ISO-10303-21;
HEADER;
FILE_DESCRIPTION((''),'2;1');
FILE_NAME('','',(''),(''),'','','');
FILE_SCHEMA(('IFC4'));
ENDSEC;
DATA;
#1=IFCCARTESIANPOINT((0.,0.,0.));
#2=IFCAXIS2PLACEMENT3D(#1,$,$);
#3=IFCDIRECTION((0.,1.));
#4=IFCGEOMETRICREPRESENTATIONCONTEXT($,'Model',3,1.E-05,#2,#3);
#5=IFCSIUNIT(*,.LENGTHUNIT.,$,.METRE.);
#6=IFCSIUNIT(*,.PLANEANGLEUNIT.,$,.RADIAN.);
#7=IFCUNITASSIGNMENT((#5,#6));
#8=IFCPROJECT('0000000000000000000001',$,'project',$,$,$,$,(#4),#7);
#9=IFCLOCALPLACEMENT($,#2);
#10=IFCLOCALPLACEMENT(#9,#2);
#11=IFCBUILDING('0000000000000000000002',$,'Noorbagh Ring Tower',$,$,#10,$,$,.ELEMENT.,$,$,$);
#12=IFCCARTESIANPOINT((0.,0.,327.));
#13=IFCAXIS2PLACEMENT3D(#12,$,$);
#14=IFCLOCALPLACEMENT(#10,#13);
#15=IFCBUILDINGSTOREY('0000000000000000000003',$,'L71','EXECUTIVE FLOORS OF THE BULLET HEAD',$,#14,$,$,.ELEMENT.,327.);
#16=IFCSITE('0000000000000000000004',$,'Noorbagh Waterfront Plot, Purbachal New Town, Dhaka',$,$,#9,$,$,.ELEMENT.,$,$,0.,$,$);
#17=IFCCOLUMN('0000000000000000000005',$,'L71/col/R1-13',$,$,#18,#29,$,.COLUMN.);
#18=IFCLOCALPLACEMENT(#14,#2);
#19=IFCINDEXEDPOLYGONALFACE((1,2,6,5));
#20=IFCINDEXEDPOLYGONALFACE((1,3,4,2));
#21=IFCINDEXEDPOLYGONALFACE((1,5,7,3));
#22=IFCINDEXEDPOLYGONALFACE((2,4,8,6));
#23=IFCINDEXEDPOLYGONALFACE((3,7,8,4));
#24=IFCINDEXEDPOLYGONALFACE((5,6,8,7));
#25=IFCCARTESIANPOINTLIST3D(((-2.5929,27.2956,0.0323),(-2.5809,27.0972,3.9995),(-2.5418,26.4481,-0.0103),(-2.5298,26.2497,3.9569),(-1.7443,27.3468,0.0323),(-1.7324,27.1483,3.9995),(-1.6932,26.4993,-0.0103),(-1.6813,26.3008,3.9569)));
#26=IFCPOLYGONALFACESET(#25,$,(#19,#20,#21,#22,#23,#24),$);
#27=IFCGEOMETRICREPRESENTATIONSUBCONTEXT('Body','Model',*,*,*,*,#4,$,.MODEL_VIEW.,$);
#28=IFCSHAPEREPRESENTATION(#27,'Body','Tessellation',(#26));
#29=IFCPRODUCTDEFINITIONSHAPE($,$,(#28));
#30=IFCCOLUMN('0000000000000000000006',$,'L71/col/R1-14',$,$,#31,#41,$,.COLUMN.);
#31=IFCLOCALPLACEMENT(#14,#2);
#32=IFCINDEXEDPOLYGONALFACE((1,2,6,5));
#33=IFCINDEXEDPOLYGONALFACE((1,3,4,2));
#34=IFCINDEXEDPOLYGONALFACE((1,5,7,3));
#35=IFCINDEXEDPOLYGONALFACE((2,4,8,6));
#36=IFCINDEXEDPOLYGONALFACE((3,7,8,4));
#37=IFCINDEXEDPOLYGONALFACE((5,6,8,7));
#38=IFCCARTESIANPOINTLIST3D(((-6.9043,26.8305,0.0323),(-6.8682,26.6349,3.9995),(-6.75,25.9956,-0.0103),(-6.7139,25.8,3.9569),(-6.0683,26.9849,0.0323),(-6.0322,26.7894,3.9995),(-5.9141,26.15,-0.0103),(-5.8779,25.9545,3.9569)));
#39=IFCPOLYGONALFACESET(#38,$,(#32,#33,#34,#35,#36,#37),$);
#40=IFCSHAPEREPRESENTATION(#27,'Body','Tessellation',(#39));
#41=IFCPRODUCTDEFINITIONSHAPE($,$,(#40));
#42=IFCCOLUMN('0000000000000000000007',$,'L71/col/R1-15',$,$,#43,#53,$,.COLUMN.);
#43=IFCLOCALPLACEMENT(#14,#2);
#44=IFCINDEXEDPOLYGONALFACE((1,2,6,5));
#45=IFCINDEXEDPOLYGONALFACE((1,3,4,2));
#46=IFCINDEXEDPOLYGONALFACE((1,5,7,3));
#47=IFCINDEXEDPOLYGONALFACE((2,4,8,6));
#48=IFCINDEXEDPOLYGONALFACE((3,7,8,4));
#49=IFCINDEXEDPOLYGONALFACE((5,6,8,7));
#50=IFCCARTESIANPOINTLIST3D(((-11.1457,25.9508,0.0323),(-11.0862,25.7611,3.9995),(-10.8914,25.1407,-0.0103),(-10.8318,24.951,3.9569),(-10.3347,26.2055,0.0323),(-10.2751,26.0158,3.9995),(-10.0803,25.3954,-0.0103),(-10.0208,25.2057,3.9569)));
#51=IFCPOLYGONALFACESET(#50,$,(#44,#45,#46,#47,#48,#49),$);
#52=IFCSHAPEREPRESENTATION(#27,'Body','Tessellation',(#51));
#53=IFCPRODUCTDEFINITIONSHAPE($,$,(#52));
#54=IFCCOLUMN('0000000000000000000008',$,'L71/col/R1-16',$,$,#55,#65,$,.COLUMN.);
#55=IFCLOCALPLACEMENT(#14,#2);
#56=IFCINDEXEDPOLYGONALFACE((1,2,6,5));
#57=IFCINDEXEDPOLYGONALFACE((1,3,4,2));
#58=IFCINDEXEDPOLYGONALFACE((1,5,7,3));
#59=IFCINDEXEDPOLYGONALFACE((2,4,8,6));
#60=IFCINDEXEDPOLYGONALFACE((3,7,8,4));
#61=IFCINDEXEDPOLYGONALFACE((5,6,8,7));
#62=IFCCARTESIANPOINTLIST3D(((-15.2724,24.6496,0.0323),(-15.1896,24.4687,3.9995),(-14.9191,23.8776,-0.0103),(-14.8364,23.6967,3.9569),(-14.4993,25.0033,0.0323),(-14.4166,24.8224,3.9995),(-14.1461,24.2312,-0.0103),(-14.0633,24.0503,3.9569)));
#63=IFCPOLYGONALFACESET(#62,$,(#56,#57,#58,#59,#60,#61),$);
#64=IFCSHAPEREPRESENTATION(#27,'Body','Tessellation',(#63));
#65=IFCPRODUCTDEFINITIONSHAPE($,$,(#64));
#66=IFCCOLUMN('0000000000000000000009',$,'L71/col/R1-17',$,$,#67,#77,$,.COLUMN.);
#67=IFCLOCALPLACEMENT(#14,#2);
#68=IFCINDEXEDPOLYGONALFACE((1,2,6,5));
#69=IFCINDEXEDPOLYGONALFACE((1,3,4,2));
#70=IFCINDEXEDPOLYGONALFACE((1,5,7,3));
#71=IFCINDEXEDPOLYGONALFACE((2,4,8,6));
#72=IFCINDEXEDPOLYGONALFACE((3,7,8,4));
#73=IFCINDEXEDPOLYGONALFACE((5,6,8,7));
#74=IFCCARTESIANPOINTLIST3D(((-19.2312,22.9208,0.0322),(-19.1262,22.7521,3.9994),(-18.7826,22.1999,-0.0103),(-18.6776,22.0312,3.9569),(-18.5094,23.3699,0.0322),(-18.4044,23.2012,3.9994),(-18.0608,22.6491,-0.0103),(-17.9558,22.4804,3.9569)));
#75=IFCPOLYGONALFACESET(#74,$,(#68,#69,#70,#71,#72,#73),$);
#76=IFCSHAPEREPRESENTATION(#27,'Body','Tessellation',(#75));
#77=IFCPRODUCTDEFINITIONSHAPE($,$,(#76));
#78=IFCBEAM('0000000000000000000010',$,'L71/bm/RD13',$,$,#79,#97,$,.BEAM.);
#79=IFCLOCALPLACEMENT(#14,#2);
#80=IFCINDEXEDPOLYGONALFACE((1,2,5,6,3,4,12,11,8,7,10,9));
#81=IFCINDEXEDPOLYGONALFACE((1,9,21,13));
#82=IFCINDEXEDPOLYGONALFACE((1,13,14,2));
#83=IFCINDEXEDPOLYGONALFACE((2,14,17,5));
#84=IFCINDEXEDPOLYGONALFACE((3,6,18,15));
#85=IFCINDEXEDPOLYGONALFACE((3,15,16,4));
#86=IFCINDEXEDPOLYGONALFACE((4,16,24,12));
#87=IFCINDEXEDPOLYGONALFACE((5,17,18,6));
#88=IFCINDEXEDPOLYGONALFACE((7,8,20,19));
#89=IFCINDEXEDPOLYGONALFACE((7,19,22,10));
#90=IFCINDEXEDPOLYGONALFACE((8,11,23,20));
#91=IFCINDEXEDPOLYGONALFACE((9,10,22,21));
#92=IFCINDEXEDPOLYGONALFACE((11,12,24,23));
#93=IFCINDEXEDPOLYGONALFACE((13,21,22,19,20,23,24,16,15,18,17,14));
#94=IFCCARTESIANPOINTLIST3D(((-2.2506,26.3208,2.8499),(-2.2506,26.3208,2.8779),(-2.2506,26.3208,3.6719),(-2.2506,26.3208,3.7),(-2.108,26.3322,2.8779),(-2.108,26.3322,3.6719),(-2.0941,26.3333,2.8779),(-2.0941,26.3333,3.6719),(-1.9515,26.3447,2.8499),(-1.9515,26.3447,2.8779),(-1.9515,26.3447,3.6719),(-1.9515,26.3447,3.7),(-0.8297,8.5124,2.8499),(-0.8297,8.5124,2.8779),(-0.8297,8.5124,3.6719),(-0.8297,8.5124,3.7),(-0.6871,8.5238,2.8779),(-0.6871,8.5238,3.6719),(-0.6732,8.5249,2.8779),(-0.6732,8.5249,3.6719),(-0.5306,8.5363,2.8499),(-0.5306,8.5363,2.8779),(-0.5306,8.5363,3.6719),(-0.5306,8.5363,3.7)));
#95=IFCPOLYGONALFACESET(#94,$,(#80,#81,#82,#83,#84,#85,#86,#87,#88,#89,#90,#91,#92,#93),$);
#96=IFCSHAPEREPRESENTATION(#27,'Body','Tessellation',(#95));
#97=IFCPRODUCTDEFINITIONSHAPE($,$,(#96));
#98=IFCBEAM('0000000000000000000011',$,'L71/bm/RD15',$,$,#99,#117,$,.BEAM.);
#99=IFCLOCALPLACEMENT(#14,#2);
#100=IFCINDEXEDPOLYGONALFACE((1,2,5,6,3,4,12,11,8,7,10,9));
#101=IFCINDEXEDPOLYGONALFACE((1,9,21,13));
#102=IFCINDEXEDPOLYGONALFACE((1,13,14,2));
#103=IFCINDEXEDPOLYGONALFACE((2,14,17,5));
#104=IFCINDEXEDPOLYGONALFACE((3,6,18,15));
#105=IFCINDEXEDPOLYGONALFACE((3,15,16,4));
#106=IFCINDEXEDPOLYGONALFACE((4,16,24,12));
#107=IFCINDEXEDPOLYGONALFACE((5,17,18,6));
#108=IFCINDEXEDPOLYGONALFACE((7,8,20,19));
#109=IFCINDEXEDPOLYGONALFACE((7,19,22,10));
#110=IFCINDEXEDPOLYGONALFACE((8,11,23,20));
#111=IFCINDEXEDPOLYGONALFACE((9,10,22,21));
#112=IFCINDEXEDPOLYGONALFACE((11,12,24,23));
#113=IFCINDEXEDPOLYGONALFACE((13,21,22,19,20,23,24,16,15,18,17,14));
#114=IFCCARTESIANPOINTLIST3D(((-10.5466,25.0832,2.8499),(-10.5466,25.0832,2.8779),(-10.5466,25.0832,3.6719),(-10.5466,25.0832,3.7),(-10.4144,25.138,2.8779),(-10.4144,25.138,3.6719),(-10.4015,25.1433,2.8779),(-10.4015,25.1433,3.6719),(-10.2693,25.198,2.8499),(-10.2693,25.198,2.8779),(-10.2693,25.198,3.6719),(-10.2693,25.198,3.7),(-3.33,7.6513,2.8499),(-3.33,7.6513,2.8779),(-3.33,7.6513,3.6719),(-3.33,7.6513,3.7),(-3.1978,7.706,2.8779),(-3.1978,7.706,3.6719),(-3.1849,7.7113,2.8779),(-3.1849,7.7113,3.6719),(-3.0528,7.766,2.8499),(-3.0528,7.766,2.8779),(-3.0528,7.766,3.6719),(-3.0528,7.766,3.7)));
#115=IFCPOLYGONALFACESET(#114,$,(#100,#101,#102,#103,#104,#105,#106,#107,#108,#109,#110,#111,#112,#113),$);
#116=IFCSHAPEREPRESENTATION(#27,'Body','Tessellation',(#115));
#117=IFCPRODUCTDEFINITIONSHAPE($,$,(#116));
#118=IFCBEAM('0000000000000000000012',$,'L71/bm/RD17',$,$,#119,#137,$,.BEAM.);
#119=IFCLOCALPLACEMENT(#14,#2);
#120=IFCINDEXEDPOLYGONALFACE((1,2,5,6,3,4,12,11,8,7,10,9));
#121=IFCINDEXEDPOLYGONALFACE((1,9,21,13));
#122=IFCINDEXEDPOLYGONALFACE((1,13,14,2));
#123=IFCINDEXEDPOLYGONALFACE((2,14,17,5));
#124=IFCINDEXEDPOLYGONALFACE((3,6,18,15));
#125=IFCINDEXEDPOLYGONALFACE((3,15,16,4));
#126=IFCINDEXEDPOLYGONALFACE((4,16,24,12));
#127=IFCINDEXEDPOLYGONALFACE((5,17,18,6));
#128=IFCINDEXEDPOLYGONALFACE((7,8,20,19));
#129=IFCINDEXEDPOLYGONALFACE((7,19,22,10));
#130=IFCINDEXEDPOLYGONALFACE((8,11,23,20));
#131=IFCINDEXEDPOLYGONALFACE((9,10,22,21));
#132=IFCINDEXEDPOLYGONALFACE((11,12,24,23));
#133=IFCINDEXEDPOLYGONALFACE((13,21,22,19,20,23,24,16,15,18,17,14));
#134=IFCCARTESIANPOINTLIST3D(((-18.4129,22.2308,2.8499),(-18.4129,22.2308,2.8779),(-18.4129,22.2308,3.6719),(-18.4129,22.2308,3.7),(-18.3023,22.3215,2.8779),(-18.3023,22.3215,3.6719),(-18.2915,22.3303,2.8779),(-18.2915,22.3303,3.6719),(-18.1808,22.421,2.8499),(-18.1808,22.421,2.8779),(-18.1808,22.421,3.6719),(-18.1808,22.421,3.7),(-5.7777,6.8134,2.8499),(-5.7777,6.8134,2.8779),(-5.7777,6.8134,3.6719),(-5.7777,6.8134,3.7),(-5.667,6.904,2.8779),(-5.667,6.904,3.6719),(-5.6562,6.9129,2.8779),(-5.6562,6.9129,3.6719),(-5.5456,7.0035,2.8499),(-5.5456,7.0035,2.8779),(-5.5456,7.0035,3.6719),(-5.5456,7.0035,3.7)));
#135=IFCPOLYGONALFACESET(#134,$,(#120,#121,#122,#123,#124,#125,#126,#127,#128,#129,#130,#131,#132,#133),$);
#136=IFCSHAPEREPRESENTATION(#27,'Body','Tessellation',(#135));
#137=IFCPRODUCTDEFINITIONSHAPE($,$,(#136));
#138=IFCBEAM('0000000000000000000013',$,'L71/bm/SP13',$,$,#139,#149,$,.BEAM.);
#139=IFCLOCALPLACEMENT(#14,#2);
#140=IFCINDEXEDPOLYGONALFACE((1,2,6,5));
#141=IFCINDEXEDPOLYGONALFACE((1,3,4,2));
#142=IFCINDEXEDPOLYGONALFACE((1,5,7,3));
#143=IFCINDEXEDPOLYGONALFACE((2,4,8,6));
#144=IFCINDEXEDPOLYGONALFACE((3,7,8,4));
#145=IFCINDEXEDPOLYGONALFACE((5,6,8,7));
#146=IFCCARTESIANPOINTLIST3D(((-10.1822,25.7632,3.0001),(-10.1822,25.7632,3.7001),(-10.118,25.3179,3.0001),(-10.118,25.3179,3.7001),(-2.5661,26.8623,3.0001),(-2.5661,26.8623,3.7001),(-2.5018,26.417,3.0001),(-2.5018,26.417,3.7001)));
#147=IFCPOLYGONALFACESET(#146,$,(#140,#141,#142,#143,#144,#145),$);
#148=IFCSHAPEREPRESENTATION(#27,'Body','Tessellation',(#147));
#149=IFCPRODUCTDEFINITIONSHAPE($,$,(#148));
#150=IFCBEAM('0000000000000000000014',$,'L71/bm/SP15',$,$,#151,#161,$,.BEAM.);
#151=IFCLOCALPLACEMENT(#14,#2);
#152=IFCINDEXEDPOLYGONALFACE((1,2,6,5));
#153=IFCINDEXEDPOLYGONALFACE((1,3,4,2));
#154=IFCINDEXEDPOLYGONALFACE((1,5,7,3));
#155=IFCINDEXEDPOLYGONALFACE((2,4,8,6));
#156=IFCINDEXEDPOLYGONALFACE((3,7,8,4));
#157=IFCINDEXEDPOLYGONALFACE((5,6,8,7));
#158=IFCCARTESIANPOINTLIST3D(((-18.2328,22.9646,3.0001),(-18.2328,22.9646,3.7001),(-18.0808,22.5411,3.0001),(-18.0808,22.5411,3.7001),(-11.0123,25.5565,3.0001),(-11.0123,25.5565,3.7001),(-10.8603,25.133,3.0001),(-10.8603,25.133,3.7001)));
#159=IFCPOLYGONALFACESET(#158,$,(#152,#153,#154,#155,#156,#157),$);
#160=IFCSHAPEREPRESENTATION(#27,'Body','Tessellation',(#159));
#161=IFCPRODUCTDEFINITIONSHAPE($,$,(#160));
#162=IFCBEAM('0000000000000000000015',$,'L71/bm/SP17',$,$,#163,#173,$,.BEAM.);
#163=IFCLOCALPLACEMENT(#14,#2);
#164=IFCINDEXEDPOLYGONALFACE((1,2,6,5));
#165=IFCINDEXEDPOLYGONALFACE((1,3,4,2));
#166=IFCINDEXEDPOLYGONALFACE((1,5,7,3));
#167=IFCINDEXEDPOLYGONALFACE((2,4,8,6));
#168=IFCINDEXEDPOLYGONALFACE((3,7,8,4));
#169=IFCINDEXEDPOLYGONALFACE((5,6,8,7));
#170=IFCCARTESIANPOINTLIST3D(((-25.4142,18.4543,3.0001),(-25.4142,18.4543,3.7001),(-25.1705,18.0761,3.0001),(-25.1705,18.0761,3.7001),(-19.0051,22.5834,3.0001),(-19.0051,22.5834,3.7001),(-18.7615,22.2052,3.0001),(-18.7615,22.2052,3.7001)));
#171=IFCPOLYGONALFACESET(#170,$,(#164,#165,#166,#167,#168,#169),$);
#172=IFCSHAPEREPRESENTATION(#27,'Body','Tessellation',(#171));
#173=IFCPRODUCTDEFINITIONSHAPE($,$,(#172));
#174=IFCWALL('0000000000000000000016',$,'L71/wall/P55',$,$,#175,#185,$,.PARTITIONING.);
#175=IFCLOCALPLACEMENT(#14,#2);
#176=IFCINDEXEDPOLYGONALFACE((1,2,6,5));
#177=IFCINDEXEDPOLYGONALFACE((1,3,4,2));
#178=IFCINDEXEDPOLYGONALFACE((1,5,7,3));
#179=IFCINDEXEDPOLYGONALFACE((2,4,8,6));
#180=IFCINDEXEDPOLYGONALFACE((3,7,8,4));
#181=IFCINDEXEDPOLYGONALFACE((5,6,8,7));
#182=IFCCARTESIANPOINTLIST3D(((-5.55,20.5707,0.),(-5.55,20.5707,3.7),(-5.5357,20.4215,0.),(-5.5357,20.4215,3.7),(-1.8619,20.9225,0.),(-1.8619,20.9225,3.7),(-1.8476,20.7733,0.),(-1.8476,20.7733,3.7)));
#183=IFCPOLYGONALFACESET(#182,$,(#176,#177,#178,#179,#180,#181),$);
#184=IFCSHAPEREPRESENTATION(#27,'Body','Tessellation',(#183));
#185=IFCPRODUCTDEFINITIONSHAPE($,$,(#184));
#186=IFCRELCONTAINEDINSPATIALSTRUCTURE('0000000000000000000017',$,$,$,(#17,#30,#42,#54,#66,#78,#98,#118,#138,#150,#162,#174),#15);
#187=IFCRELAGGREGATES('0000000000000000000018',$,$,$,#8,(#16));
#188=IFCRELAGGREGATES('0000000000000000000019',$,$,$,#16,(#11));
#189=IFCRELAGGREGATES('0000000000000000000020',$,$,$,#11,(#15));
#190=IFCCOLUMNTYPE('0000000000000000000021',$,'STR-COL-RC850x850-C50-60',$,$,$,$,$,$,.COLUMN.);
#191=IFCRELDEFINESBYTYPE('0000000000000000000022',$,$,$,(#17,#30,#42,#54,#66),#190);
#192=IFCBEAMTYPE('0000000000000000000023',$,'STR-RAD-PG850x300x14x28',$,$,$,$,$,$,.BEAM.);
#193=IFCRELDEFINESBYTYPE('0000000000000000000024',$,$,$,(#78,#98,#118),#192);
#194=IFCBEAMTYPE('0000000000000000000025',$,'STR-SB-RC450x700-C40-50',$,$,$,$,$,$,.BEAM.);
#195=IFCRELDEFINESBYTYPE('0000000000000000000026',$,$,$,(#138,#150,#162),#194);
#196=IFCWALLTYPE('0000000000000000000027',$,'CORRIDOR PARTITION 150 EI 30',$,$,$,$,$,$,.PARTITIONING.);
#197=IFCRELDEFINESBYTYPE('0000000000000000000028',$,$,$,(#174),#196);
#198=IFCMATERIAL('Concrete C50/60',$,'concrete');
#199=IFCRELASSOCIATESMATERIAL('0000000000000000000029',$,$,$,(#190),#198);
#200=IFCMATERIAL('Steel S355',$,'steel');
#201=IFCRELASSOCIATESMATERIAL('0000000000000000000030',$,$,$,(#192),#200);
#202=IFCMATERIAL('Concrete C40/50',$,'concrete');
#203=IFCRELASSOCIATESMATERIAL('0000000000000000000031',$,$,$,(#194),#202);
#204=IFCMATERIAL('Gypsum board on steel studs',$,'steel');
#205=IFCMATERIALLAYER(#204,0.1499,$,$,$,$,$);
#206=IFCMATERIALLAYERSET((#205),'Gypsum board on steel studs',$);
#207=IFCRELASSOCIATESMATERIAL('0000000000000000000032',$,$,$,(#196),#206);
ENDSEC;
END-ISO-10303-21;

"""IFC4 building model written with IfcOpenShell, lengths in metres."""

from ifc_helpers import new_model, si_unit, direction, frame, frame_2d, origin, origin_2d, place, context, subcontext, project, spatial, rectangle, i_section, extrude, material, layer, layer_set, material_profile, profile_set, type_object, element, save


model = new_model("IFC4")

# Units and contexts
model_context = context("Model", 3, precision=1e-05, world=origin(), true_north=direction((0.0, 1.0)))
body_context = subcontext(model_context, "Body", "Model", "MODEL_VIEW")
ifc_project = project(units=[si_unit("LENGTHUNIT", "METRE"), si_unit("PLANEANGLEUNIT", "RADIAN")], contexts=[model_context])

# Site, building, storey
site_placement = place(None, origin())
site = spatial("IfcSite", under=ifc_project, at=site_placement, Name="Noorbagh Waterfront Plot, Purbachal New Town, Dhaka", CompositionType="ELEMENT", RefElevation=0.0)
building_placement = place(site_placement, origin())
building = spatial("IfcBuilding", under=site, at=building_placement, Name="Noorbagh Ring Tower", CompositionType="ELEMENT")
storey_placement = place(building_placement, frame((0.0, 0.0, 327.0)))
storey = spatial("IfcBuildingStorey", under=building, at=storey_placement, Name="L71", Description="EXECUTIVE FLOORS OF THE BULLET HEAD", CompositionType="ELEMENT", Elevation=327.0)

# Columns
ifc_material_1 = material(Name="Concrete C50/60", Category="concrete")
ifc_material_profile_1 = material_profile(ifc_material_1, rectangle(XDim=0.8501, YDim=0.8501, at=origin_2d()), Name="RC850x850")
ifc_profile_set_1 = profile_set([ifc_material_profile_1], Name="Concrete C50/60")
column_type = type_object("IfcColumnType", Name="STR-COL-RC850x850-C50-60", PredefinedType="COLUMN", material=ifc_profile_set_1)
for number, where, z_axis, x_axis, name in (
    (1, (-2.1431, 26.8975, 0.011), (0.003012, -0.049968, 0.998746), (0.998189, 0.060161, 0.0), "L71/col/R1-13"),
    (2, (-6.4092, 26.4902, 0.011), (0.009096, -0.04923, 0.998746), (0.983355, 0.181694, 0.0), "L71/col/R1-14"),
    (3, (-10.613, 25.6731, 0.011), (0.014997, -0.047755, 0.998746), (0.954064, 0.299603, 0.0), "L71/col/R1-15"),
    (4, (-14.7092, 24.4404, 0.011), (0.020835, -0.045543, 0.998745), (0.909355, 0.416021, 0.0), "L71/col/R1-16"),
    (5, (-18.646, 22.7849, 0.011), (0.026428, -0.04247, 0.998748), (0.849032, 0.528341, 0.0), "L71/col/R1-17"),
):
    element("IfcColumn", number, at=place(storey_placement, frame(where, z_axis=z_axis, x_axis=x_axis)), inside=storey, type_object=column_type, Name=name, PredefinedType="COLUMN", context=body_context, shape_type="SweptSolid", body=[
        extrude(rectangle(XDim=0.8501, YDim=0.8501, at=origin_2d()), origin(), (0.0, 0.0, 1.0), 3.9722),
    ])

# Beams
ifc_material_2 = material(Name="Steel S355", Category="steel")
ifc_material_profile_2 = material_profile(ifc_material_2, i_section(OverallWidth=0.3, OverallDepth=0.8501, WebThickness=0.0139, FlangeThickness=0.0281, at=origin_2d()), Name="PG850x300x14x28")
ifc_profile_set_2 = profile_set([ifc_material_profile_2], Name="Steel S355")
beam_type_1 = type_object("IfcBeamType", Name="STR-RAD-PG850x300x14x28", PredefinedType="BEAM", material=ifc_profile_set_2)
beam_1_placement = place(storey_placement, frame((-2.1011, 26.3328, 3.2749), z_axis=(0.079536, -0.996832, 0.0), x_axis=(0.996832, 0.079536, 0.0)))
element("IfcBeam", 6, at=beam_1_placement, inside=storey, type_object=beam_type_1, Name="L71/bm/RD13", PredefinedType="BEAM", context=body_context, shape_type="SweptSolid", body=[
    extrude(i_section(OverallWidth=0.3, OverallDepth=0.8501, WebThickness=0.0139, FlangeThickness=0.0281, at=origin_2d()), origin(), (0.0, 0.0, 1.0), 17.865),
])
beam_2_placement = place(storey_placement, frame((-10.408, 25.1406, 3.2749), z_axis=(0.382504, -0.923954, 0.0), x_axis=(0.923954, 0.382504, 0.0)))
element("IfcBeam", 7, at=beam_2_placement, inside=storey, type_object=beam_type_1, Name="L71/bm/RD15", PredefinedType="BEAM", context=body_context, shape_type="SweptSolid", body=[
    extrude(i_section(OverallWidth=0.3, OverallDepth=0.8501, WebThickness=0.0139, FlangeThickness=0.0281, at=origin_2d()), origin(), (0.0, 0.0, 1.0), 18.8667),
])
beam_3_placement = place(storey_placement, frame((-18.2969, 22.3259, 3.2749), z_axis=(0.633867, -0.773442, 0.0), x_axis=(0.773442, 0.633867, 0.0)))
element("IfcBeam", 8, at=beam_3_placement, inside=storey, type_object=beam_type_1, Name="L71/bm/RD17", PredefinedType="BEAM", context=body_context, shape_type="SweptSolid", body=[
    extrude(i_section(OverallWidth=0.3, OverallDepth=0.8501, WebThickness=0.0139, FlangeThickness=0.0281, at=origin_2d()), origin(), (0.0, 0.0, 1.0), 19.9336),
])
ifc_material_3 = material(Name="Concrete C40/50", Category="concrete")
ifc_material_profile_3 = material_profile(ifc_material_3, rectangle(XDim=0.45, YDim=0.7, at=origin_2d()), Name="RC450x700")
ifc_profile_set_3 = profile_set([ifc_material_profile_3], Name="Concrete C40/50")
beam_type_2 = type_object("IfcBeamType", Name="STR-SB-RC450x700-C40-50", PredefinedType="BEAM", material=ifc_profile_set_3)
beam_4_placement = place(storey_placement, frame((-2.5339, 26.6396, 3.3501), z_axis=(-0.989747, -0.142834, 0.0), x_axis=(0.142834, -0.989747, 0.0)))
element("IfcBeam", 9, at=beam_4_placement, inside=storey, type_object=beam_type_2, Name="L71/bm/SP13", PredefinedType="BEAM", context=body_context, shape_type="SweptSolid", body=[
    extrude(rectangle(XDim=0.45, YDim=0.7, at=origin_2d()), origin(), (0.0, 0.0, 1.0), 7.6951),
])
beam_5_placement = place(storey_placement, frame((-10.9363, 25.3447, 3.3501), z_axis=(-0.941201, -0.337846, 0.0), x_axis=(0.337846, -0.941201, 0.0)))
element("IfcBeam", 10, at=beam_5_placement, inside=storey, type_object=beam_type_2, Name="L71/bm/SP15", PredefinedType="BEAM", context=body_context, shape_type="SweptSolid", body=[
    extrude(rectangle(XDim=0.45, YDim=0.7, at=origin_2d()), origin(), (0.0, 0.0, 1.0), 7.6716),
])
beam_6_placement = place(storey_placement, frame((-18.8833, 22.3943, 3.3501), z_axis=(-0.840643, -0.541589, 0.0), x_axis=(0.541589, -0.840643, 0.0)))
element("IfcBeam", 11, at=beam_6_placement, inside=storey, type_object=beam_type_2, Name="L71/bm/SP17", PredefinedType="BEAM", context=body_context, shape_type="SweptSolid", body=[
    extrude(rectangle(XDim=0.45, YDim=0.7, at=origin_2d()), origin(), (0.0, 0.0, 1.0), 7.624),
])

# Wall
ifc_material_4 = material(Name="Gypsum board on steel studs", Category="steel")
ifc_layer_1 = layer(ifc_material_4, 0.1499)
ifc_layer_set_1 = layer_set([ifc_layer_1], Name="Gypsum board on steel studs")
wall_type_1 = type_object("IfcWallType", Name="CORRIDOR PARTITION 150 EI 30", PredefinedType="PARTITIONING", material=ifc_layer_set_1)
wall_1_placement = place(storey_placement, frame((-5.543, 20.4961, 0.0), z_axis=(0.0, 0.0, 1.0), x_axis=(0.995481, 0.094961, 0.0)))
element("IfcWall", 12, at=wall_1_placement, inside=storey, type_object=wall_type_1, Name="L71/wall/P55", PredefinedType="PARTITIONING", context=body_context, shape_type="SweptSolid", body=[
    extrude(rectangle(XDim=3.7048, YDim=0.1499, at=frame_2d((1.8525, 0.0))), origin(), (0.0, 0.0, 1.0), 3.7),
])

save(model, "model.ifc")
